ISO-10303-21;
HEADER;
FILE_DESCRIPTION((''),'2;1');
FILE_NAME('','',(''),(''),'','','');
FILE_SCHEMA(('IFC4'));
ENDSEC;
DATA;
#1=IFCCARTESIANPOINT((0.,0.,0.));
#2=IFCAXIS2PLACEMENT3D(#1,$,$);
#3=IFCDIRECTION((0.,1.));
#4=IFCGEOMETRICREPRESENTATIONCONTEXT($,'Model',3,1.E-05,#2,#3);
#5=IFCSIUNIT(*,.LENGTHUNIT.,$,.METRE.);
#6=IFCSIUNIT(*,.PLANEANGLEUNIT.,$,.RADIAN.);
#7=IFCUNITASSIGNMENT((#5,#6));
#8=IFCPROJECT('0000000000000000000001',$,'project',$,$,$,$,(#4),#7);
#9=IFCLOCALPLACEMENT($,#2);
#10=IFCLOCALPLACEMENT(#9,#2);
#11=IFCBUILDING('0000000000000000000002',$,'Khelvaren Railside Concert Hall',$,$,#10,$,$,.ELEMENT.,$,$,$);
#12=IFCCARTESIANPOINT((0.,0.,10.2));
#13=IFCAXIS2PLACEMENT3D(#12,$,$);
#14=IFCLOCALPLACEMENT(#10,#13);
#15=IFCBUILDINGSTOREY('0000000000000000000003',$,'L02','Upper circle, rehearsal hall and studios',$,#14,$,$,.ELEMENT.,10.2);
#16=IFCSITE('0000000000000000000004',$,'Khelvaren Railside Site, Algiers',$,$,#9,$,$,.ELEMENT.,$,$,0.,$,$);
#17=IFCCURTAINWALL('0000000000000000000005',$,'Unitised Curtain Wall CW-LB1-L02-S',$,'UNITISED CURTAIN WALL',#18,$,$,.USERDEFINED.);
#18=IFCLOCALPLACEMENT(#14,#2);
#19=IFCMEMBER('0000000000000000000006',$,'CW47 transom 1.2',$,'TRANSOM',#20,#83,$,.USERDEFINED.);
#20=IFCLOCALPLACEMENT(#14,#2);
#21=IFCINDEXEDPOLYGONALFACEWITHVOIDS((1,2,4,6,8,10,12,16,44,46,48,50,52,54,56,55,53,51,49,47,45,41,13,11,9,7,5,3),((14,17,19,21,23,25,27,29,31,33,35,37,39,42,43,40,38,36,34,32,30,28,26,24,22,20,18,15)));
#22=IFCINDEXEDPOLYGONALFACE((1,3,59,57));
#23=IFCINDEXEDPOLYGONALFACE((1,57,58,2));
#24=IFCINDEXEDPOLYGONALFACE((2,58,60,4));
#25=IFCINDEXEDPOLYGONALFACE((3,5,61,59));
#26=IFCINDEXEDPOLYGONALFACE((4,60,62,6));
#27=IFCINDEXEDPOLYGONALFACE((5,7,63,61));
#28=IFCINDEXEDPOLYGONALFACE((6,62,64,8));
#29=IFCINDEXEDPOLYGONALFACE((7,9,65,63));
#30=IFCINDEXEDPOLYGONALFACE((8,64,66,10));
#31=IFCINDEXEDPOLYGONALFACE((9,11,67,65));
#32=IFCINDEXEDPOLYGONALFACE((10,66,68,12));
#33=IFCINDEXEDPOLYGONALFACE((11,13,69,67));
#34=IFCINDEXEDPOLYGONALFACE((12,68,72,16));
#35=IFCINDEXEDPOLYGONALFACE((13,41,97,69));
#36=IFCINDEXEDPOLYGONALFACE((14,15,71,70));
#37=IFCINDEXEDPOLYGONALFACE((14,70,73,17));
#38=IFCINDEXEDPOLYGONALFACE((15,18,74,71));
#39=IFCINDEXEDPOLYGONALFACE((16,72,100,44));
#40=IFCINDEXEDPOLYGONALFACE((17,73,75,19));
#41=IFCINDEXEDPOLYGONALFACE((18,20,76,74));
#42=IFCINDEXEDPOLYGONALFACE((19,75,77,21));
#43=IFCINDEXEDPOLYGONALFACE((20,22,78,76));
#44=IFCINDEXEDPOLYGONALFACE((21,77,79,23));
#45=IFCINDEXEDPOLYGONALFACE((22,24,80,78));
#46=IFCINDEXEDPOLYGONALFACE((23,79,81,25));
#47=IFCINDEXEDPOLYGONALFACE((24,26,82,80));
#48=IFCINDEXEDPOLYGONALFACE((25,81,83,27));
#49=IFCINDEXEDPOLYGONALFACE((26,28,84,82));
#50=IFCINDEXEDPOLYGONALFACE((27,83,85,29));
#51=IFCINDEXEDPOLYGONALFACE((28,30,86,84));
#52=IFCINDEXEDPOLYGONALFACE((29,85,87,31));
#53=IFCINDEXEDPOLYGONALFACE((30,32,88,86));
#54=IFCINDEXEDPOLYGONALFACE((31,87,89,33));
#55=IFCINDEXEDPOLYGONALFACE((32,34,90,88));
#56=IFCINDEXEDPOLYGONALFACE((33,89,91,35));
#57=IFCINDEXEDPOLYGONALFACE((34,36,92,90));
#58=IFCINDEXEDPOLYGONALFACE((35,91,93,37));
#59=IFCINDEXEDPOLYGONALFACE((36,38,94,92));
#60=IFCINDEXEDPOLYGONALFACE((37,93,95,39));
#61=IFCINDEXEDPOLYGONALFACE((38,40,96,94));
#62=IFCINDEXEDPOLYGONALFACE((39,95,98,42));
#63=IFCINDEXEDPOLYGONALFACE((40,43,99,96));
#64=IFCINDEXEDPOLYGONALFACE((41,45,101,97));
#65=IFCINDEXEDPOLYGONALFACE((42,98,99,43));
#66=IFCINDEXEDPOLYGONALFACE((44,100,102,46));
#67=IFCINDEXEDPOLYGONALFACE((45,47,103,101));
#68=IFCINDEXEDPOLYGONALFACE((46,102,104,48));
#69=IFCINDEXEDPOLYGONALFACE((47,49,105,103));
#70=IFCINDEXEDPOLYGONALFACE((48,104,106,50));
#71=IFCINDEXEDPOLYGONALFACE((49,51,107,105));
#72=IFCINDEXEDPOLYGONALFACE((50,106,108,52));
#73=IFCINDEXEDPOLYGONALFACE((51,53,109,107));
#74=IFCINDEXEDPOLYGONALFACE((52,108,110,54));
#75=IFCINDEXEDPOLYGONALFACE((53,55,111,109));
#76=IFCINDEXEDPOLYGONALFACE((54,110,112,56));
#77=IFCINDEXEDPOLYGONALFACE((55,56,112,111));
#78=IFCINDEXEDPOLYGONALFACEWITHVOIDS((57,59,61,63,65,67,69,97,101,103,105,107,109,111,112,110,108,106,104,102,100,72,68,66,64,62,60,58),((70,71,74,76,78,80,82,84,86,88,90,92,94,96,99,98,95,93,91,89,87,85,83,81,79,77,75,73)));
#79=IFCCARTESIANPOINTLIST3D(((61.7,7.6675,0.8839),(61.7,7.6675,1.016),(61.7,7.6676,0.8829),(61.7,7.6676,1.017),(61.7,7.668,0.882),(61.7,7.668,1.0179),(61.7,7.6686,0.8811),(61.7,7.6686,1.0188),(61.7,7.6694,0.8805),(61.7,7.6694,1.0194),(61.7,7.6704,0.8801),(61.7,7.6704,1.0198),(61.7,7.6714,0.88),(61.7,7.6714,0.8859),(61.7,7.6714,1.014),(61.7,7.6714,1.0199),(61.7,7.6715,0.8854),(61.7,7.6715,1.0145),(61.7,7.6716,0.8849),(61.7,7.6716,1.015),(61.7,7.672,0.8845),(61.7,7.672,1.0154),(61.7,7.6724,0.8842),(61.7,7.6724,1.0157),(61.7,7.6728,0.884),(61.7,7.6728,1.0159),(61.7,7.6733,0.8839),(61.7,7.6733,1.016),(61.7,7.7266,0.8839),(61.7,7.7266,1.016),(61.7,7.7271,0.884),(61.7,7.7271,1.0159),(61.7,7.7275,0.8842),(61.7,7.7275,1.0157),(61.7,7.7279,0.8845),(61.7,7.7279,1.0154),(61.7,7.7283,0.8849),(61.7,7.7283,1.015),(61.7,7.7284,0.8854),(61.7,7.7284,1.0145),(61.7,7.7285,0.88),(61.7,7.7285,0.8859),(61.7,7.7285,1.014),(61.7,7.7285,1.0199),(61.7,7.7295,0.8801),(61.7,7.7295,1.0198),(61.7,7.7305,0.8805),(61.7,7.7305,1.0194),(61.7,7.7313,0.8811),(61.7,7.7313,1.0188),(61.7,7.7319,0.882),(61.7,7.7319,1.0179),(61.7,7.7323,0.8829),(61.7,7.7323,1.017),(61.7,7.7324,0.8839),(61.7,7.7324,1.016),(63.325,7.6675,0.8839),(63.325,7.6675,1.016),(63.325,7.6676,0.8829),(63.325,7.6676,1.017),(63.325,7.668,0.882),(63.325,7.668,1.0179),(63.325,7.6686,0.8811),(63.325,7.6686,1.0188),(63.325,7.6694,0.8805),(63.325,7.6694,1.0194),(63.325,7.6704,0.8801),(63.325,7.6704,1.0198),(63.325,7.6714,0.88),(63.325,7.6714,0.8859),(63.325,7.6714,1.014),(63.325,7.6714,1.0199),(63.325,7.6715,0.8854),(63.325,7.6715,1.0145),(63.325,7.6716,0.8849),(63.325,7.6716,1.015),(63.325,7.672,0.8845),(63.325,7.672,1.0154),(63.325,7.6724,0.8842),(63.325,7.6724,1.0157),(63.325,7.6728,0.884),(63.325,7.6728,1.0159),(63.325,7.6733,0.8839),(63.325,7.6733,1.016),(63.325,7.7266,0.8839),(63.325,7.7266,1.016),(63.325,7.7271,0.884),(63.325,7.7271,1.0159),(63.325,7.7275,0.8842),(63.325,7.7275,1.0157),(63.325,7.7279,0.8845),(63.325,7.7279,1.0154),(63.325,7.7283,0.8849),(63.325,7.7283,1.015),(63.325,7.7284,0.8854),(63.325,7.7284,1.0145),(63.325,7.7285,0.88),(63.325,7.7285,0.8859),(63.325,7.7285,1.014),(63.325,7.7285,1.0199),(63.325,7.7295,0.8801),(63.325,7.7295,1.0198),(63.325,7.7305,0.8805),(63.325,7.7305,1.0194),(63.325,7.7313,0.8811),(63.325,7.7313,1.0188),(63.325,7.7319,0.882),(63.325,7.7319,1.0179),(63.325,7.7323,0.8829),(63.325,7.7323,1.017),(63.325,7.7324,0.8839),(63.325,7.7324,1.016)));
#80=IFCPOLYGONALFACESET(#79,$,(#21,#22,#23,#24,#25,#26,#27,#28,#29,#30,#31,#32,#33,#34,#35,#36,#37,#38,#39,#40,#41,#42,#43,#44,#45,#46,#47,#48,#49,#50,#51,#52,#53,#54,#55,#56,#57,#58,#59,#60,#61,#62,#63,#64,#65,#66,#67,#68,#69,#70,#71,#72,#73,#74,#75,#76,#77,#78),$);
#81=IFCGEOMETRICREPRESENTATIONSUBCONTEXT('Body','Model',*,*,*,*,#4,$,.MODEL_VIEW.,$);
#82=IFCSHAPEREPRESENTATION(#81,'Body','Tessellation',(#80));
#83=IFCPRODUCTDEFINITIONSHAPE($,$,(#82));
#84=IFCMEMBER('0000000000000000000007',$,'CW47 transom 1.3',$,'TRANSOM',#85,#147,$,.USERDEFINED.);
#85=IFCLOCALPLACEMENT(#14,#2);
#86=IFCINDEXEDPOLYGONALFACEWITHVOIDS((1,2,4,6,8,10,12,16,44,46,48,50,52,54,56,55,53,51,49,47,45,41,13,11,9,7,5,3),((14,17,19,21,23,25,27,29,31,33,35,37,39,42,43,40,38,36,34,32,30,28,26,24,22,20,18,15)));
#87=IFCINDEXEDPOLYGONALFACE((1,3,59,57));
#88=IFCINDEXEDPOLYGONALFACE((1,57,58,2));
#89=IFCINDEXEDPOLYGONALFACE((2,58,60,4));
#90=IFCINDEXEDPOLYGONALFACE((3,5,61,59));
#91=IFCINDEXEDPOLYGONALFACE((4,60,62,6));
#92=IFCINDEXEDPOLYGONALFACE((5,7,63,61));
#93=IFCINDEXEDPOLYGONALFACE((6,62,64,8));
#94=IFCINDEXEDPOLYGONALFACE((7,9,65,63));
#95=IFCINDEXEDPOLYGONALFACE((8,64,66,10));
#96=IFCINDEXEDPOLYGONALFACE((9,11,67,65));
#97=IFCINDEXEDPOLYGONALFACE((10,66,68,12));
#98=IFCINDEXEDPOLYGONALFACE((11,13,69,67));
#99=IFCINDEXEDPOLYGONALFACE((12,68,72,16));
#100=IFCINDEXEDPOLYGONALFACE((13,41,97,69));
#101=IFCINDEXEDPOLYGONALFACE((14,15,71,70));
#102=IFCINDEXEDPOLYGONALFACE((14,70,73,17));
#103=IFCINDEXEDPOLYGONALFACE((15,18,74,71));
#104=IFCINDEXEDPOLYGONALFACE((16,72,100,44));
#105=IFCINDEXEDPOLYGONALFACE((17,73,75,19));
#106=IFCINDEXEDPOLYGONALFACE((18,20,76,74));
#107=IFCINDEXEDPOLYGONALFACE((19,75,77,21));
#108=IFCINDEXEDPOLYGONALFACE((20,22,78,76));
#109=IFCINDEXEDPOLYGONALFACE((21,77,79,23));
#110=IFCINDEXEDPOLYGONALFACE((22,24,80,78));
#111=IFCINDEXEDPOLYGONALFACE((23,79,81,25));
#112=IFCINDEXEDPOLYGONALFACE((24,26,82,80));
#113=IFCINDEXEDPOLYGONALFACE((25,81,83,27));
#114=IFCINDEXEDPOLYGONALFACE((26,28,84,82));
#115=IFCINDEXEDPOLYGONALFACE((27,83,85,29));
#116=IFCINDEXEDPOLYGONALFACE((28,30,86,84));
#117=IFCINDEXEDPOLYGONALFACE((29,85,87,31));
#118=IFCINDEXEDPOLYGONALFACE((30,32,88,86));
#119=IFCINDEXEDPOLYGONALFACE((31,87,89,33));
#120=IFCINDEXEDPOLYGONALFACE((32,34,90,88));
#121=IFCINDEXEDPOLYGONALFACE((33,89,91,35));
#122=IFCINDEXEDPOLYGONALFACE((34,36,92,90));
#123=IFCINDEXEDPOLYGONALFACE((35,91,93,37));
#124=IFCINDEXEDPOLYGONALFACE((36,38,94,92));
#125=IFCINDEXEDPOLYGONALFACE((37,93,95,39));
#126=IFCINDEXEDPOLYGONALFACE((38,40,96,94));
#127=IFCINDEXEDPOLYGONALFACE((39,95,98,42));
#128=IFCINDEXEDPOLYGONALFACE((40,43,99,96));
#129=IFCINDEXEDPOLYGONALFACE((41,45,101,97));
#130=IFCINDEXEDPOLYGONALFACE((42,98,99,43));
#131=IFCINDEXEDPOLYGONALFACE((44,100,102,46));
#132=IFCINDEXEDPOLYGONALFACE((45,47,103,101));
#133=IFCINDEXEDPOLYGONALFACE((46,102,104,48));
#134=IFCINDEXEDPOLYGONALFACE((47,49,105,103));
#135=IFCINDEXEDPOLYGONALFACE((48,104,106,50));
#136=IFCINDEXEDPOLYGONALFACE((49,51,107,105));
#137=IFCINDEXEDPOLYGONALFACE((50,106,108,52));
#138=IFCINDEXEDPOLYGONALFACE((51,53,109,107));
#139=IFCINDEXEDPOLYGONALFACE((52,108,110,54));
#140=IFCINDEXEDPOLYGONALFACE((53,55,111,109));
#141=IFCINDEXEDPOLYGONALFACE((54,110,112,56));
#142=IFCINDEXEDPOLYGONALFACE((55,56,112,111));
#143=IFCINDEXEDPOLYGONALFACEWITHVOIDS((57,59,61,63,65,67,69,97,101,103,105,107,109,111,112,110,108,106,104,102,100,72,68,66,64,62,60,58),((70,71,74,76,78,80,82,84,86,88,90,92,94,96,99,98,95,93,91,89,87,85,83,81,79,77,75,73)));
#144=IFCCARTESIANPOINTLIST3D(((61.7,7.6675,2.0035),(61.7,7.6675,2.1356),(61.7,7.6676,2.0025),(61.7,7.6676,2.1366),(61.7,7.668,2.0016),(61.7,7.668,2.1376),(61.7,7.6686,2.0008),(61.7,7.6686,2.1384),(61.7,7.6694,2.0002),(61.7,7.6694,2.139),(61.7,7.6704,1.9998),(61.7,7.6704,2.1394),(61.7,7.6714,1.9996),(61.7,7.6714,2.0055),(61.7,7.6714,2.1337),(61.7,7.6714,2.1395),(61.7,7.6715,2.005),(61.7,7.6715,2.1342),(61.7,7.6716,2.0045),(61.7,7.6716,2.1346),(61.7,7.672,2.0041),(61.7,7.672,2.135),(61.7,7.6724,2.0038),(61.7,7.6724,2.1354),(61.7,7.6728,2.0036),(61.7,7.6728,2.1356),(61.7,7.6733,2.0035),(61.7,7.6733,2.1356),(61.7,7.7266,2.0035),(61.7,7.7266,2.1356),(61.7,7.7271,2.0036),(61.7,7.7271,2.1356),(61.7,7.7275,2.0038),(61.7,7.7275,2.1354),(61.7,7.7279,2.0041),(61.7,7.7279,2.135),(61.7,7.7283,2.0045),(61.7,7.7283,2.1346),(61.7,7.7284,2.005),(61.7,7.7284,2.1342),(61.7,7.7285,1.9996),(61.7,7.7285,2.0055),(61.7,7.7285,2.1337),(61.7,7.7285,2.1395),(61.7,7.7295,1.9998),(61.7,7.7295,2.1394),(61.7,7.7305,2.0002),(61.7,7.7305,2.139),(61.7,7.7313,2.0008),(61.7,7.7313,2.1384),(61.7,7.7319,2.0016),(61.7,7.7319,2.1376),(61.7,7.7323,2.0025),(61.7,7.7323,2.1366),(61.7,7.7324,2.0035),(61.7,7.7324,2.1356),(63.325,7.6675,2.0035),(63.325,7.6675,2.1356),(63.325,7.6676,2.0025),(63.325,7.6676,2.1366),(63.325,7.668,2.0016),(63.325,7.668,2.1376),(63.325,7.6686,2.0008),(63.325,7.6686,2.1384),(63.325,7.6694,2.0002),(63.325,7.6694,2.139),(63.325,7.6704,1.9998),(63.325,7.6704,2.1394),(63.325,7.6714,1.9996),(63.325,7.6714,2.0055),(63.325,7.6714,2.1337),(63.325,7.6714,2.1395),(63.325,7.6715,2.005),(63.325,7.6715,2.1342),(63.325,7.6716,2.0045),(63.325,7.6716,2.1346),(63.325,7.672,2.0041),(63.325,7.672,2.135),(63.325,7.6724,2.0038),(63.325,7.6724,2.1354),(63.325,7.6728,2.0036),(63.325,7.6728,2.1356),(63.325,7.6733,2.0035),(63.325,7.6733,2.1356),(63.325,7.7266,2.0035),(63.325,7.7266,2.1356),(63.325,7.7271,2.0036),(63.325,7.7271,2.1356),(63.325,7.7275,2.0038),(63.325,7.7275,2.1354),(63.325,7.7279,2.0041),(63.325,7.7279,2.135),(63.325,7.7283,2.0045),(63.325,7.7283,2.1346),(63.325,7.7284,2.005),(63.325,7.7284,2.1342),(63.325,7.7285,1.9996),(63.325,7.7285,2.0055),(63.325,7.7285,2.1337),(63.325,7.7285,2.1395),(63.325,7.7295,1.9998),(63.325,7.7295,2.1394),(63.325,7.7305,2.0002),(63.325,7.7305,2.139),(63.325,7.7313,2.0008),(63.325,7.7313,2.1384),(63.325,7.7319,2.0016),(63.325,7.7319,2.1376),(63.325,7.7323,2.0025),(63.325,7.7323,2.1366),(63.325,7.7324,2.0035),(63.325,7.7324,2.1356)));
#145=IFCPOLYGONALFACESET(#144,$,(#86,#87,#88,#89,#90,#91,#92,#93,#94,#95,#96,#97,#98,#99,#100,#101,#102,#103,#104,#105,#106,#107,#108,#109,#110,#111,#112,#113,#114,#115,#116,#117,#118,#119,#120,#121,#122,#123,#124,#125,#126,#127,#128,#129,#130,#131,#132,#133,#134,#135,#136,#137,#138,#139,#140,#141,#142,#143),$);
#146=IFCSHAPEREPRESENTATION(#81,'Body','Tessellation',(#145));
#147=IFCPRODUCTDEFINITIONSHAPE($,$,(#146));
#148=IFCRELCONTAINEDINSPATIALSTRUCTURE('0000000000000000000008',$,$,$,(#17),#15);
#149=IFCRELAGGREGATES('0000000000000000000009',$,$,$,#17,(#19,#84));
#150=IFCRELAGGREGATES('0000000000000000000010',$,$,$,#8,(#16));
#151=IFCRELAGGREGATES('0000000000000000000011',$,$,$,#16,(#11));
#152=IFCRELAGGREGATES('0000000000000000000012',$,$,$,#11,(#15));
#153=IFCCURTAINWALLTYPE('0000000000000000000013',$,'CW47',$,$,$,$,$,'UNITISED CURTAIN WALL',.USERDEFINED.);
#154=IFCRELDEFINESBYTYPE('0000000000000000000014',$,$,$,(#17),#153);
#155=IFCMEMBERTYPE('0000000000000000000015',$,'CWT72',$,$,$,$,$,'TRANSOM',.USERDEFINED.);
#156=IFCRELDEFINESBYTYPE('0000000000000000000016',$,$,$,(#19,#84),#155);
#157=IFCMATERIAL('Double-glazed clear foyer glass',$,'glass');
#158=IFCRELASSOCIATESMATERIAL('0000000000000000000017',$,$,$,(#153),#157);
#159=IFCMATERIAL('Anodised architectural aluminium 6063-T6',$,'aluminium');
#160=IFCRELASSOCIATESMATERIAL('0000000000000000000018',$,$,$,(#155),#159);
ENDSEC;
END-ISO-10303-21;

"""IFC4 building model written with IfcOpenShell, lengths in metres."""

from ifc_helpers import new_model, si_unit, direction, frame, origin, origin_2d, place, context, subcontext, project, spatial, hollow_rectangle, extrude, material, material_profile, profile_set, type_object, element, aggregate, save


model = new_model("IFC4")

# Units and contexts
model_context = context("Model", 3, precision=1e-05, world=origin(), true_north=direction((0.0, 1.0)))
body_context = subcontext(model_context, "Body", "Model", "MODEL_VIEW")
ifc_project = project(units=[si_unit("LENGTHUNIT", "METRE"), si_unit("PLANEANGLEUNIT", "RADIAN")], contexts=[model_context])

# Site, building, storey
site_placement = place(None, origin())
site = spatial("IfcSite", under=ifc_project, at=site_placement, Name="Khelvaren Railside Site, Algiers", CompositionType="ELEMENT", RefElevation=0.0)
building_placement = place(site_placement, origin())
building = spatial("IfcBuilding", under=site, at=building_placement, Name="Khelvaren Railside Concert Hall", CompositionType="ELEMENT")
storey_placement = place(building_placement, frame((0.0, 0.0, 10.2)))
storey = spatial("IfcBuildingStorey", under=building, at=storey_placement, Name="L02", Description="Upper circle, rehearsal hall and studios", CompositionType="ELEMENT", Elevation=10.2)

# Curtain wall
ifc_material_1 = material(Name="Double-glazed clear foyer glass", Category="glass")
curtain_wall_type = type_object("IfcCurtainWallType", Name="CW47", ElementType="UNITISED CURTAIN WALL", PredefinedType="USERDEFINED", material=ifc_material_1)
curtain_wall_1_placement = place(storey_placement, origin())
curtain_wall_1 = element("IfcCurtainWall", 1, at=curtain_wall_1_placement, inside=storey, type_object=curtain_wall_type, Name="Unitised Curtain Wall CW-LB1-L02-S", ObjectType="UNITISED CURTAIN WALL", PredefinedType="USERDEFINED")
ifc_material_2 = material(Name="Anodised architectural aluminium 6063-T6", Category="aluminium")

# Members
ifc_material_profile_1 = material_profile(ifc_material_2, hollow_rectangle(XDim=0.0649, YDim=0.1399, WallThickness=0.0039, InnerFilletRadius=0.002, OuterFilletRadius=0.0039, at=origin_2d()), Name="CWT 65x140x4")
ifc_profile_set_1 = profile_set([ifc_material_profile_1], Name="Anodised architectural aluminium 6063-T6")
member_type_1 = type_object("IfcMemberType", Name="CWT72", ElementType="TRANSOM", PredefinedType="USERDEFINED", material=ifc_profile_set_1)
member_1_placement = place(storey_placement, frame((63.325, 7.7, 0.95), z_axis=(-1.0, 0.0, 0.0), x_axis=(0.0, -1.0, 0.0)))
member_1 = element("IfcMember", 2, at=member_1_placement, type_object=member_type_1, Name="CW47 transom 1.2", ObjectType="TRANSOM", PredefinedType="USERDEFINED", context=body_context, shape_type="SweptSolid", body=[
    extrude(hollow_rectangle(XDim=0.0649, YDim=0.1399, WallThickness=0.0039, InnerFilletRadius=0.002, OuterFilletRadius=0.0039, at=origin_2d()), origin(), (0.0, 0.0, 1.0), 1.625),
])
member_2_placement = place(storey_placement, frame((63.325, 7.7, 2.0696), z_axis=(-1.0, 0.0, 0.0), x_axis=(0.0, -1.0, 0.0)))
member_2 = element("IfcMember", 3, at=member_2_placement, type_object=member_type_1, Name="CW47 transom 1.3", ObjectType="TRANSOM", PredefinedType="USERDEFINED", context=body_context, shape_type="SweptSolid", body=[
    extrude(hollow_rectangle(XDim=0.0649, YDim=0.1399, WallThickness=0.0039, InnerFilletRadius=0.002, OuterFilletRadius=0.0039, at=origin_2d()), origin(), (0.0, 0.0, 1.0), 1.625),
])

aggregate(curtain_wall_1, [member_1, member_2])

save(model, "model.ifc")
